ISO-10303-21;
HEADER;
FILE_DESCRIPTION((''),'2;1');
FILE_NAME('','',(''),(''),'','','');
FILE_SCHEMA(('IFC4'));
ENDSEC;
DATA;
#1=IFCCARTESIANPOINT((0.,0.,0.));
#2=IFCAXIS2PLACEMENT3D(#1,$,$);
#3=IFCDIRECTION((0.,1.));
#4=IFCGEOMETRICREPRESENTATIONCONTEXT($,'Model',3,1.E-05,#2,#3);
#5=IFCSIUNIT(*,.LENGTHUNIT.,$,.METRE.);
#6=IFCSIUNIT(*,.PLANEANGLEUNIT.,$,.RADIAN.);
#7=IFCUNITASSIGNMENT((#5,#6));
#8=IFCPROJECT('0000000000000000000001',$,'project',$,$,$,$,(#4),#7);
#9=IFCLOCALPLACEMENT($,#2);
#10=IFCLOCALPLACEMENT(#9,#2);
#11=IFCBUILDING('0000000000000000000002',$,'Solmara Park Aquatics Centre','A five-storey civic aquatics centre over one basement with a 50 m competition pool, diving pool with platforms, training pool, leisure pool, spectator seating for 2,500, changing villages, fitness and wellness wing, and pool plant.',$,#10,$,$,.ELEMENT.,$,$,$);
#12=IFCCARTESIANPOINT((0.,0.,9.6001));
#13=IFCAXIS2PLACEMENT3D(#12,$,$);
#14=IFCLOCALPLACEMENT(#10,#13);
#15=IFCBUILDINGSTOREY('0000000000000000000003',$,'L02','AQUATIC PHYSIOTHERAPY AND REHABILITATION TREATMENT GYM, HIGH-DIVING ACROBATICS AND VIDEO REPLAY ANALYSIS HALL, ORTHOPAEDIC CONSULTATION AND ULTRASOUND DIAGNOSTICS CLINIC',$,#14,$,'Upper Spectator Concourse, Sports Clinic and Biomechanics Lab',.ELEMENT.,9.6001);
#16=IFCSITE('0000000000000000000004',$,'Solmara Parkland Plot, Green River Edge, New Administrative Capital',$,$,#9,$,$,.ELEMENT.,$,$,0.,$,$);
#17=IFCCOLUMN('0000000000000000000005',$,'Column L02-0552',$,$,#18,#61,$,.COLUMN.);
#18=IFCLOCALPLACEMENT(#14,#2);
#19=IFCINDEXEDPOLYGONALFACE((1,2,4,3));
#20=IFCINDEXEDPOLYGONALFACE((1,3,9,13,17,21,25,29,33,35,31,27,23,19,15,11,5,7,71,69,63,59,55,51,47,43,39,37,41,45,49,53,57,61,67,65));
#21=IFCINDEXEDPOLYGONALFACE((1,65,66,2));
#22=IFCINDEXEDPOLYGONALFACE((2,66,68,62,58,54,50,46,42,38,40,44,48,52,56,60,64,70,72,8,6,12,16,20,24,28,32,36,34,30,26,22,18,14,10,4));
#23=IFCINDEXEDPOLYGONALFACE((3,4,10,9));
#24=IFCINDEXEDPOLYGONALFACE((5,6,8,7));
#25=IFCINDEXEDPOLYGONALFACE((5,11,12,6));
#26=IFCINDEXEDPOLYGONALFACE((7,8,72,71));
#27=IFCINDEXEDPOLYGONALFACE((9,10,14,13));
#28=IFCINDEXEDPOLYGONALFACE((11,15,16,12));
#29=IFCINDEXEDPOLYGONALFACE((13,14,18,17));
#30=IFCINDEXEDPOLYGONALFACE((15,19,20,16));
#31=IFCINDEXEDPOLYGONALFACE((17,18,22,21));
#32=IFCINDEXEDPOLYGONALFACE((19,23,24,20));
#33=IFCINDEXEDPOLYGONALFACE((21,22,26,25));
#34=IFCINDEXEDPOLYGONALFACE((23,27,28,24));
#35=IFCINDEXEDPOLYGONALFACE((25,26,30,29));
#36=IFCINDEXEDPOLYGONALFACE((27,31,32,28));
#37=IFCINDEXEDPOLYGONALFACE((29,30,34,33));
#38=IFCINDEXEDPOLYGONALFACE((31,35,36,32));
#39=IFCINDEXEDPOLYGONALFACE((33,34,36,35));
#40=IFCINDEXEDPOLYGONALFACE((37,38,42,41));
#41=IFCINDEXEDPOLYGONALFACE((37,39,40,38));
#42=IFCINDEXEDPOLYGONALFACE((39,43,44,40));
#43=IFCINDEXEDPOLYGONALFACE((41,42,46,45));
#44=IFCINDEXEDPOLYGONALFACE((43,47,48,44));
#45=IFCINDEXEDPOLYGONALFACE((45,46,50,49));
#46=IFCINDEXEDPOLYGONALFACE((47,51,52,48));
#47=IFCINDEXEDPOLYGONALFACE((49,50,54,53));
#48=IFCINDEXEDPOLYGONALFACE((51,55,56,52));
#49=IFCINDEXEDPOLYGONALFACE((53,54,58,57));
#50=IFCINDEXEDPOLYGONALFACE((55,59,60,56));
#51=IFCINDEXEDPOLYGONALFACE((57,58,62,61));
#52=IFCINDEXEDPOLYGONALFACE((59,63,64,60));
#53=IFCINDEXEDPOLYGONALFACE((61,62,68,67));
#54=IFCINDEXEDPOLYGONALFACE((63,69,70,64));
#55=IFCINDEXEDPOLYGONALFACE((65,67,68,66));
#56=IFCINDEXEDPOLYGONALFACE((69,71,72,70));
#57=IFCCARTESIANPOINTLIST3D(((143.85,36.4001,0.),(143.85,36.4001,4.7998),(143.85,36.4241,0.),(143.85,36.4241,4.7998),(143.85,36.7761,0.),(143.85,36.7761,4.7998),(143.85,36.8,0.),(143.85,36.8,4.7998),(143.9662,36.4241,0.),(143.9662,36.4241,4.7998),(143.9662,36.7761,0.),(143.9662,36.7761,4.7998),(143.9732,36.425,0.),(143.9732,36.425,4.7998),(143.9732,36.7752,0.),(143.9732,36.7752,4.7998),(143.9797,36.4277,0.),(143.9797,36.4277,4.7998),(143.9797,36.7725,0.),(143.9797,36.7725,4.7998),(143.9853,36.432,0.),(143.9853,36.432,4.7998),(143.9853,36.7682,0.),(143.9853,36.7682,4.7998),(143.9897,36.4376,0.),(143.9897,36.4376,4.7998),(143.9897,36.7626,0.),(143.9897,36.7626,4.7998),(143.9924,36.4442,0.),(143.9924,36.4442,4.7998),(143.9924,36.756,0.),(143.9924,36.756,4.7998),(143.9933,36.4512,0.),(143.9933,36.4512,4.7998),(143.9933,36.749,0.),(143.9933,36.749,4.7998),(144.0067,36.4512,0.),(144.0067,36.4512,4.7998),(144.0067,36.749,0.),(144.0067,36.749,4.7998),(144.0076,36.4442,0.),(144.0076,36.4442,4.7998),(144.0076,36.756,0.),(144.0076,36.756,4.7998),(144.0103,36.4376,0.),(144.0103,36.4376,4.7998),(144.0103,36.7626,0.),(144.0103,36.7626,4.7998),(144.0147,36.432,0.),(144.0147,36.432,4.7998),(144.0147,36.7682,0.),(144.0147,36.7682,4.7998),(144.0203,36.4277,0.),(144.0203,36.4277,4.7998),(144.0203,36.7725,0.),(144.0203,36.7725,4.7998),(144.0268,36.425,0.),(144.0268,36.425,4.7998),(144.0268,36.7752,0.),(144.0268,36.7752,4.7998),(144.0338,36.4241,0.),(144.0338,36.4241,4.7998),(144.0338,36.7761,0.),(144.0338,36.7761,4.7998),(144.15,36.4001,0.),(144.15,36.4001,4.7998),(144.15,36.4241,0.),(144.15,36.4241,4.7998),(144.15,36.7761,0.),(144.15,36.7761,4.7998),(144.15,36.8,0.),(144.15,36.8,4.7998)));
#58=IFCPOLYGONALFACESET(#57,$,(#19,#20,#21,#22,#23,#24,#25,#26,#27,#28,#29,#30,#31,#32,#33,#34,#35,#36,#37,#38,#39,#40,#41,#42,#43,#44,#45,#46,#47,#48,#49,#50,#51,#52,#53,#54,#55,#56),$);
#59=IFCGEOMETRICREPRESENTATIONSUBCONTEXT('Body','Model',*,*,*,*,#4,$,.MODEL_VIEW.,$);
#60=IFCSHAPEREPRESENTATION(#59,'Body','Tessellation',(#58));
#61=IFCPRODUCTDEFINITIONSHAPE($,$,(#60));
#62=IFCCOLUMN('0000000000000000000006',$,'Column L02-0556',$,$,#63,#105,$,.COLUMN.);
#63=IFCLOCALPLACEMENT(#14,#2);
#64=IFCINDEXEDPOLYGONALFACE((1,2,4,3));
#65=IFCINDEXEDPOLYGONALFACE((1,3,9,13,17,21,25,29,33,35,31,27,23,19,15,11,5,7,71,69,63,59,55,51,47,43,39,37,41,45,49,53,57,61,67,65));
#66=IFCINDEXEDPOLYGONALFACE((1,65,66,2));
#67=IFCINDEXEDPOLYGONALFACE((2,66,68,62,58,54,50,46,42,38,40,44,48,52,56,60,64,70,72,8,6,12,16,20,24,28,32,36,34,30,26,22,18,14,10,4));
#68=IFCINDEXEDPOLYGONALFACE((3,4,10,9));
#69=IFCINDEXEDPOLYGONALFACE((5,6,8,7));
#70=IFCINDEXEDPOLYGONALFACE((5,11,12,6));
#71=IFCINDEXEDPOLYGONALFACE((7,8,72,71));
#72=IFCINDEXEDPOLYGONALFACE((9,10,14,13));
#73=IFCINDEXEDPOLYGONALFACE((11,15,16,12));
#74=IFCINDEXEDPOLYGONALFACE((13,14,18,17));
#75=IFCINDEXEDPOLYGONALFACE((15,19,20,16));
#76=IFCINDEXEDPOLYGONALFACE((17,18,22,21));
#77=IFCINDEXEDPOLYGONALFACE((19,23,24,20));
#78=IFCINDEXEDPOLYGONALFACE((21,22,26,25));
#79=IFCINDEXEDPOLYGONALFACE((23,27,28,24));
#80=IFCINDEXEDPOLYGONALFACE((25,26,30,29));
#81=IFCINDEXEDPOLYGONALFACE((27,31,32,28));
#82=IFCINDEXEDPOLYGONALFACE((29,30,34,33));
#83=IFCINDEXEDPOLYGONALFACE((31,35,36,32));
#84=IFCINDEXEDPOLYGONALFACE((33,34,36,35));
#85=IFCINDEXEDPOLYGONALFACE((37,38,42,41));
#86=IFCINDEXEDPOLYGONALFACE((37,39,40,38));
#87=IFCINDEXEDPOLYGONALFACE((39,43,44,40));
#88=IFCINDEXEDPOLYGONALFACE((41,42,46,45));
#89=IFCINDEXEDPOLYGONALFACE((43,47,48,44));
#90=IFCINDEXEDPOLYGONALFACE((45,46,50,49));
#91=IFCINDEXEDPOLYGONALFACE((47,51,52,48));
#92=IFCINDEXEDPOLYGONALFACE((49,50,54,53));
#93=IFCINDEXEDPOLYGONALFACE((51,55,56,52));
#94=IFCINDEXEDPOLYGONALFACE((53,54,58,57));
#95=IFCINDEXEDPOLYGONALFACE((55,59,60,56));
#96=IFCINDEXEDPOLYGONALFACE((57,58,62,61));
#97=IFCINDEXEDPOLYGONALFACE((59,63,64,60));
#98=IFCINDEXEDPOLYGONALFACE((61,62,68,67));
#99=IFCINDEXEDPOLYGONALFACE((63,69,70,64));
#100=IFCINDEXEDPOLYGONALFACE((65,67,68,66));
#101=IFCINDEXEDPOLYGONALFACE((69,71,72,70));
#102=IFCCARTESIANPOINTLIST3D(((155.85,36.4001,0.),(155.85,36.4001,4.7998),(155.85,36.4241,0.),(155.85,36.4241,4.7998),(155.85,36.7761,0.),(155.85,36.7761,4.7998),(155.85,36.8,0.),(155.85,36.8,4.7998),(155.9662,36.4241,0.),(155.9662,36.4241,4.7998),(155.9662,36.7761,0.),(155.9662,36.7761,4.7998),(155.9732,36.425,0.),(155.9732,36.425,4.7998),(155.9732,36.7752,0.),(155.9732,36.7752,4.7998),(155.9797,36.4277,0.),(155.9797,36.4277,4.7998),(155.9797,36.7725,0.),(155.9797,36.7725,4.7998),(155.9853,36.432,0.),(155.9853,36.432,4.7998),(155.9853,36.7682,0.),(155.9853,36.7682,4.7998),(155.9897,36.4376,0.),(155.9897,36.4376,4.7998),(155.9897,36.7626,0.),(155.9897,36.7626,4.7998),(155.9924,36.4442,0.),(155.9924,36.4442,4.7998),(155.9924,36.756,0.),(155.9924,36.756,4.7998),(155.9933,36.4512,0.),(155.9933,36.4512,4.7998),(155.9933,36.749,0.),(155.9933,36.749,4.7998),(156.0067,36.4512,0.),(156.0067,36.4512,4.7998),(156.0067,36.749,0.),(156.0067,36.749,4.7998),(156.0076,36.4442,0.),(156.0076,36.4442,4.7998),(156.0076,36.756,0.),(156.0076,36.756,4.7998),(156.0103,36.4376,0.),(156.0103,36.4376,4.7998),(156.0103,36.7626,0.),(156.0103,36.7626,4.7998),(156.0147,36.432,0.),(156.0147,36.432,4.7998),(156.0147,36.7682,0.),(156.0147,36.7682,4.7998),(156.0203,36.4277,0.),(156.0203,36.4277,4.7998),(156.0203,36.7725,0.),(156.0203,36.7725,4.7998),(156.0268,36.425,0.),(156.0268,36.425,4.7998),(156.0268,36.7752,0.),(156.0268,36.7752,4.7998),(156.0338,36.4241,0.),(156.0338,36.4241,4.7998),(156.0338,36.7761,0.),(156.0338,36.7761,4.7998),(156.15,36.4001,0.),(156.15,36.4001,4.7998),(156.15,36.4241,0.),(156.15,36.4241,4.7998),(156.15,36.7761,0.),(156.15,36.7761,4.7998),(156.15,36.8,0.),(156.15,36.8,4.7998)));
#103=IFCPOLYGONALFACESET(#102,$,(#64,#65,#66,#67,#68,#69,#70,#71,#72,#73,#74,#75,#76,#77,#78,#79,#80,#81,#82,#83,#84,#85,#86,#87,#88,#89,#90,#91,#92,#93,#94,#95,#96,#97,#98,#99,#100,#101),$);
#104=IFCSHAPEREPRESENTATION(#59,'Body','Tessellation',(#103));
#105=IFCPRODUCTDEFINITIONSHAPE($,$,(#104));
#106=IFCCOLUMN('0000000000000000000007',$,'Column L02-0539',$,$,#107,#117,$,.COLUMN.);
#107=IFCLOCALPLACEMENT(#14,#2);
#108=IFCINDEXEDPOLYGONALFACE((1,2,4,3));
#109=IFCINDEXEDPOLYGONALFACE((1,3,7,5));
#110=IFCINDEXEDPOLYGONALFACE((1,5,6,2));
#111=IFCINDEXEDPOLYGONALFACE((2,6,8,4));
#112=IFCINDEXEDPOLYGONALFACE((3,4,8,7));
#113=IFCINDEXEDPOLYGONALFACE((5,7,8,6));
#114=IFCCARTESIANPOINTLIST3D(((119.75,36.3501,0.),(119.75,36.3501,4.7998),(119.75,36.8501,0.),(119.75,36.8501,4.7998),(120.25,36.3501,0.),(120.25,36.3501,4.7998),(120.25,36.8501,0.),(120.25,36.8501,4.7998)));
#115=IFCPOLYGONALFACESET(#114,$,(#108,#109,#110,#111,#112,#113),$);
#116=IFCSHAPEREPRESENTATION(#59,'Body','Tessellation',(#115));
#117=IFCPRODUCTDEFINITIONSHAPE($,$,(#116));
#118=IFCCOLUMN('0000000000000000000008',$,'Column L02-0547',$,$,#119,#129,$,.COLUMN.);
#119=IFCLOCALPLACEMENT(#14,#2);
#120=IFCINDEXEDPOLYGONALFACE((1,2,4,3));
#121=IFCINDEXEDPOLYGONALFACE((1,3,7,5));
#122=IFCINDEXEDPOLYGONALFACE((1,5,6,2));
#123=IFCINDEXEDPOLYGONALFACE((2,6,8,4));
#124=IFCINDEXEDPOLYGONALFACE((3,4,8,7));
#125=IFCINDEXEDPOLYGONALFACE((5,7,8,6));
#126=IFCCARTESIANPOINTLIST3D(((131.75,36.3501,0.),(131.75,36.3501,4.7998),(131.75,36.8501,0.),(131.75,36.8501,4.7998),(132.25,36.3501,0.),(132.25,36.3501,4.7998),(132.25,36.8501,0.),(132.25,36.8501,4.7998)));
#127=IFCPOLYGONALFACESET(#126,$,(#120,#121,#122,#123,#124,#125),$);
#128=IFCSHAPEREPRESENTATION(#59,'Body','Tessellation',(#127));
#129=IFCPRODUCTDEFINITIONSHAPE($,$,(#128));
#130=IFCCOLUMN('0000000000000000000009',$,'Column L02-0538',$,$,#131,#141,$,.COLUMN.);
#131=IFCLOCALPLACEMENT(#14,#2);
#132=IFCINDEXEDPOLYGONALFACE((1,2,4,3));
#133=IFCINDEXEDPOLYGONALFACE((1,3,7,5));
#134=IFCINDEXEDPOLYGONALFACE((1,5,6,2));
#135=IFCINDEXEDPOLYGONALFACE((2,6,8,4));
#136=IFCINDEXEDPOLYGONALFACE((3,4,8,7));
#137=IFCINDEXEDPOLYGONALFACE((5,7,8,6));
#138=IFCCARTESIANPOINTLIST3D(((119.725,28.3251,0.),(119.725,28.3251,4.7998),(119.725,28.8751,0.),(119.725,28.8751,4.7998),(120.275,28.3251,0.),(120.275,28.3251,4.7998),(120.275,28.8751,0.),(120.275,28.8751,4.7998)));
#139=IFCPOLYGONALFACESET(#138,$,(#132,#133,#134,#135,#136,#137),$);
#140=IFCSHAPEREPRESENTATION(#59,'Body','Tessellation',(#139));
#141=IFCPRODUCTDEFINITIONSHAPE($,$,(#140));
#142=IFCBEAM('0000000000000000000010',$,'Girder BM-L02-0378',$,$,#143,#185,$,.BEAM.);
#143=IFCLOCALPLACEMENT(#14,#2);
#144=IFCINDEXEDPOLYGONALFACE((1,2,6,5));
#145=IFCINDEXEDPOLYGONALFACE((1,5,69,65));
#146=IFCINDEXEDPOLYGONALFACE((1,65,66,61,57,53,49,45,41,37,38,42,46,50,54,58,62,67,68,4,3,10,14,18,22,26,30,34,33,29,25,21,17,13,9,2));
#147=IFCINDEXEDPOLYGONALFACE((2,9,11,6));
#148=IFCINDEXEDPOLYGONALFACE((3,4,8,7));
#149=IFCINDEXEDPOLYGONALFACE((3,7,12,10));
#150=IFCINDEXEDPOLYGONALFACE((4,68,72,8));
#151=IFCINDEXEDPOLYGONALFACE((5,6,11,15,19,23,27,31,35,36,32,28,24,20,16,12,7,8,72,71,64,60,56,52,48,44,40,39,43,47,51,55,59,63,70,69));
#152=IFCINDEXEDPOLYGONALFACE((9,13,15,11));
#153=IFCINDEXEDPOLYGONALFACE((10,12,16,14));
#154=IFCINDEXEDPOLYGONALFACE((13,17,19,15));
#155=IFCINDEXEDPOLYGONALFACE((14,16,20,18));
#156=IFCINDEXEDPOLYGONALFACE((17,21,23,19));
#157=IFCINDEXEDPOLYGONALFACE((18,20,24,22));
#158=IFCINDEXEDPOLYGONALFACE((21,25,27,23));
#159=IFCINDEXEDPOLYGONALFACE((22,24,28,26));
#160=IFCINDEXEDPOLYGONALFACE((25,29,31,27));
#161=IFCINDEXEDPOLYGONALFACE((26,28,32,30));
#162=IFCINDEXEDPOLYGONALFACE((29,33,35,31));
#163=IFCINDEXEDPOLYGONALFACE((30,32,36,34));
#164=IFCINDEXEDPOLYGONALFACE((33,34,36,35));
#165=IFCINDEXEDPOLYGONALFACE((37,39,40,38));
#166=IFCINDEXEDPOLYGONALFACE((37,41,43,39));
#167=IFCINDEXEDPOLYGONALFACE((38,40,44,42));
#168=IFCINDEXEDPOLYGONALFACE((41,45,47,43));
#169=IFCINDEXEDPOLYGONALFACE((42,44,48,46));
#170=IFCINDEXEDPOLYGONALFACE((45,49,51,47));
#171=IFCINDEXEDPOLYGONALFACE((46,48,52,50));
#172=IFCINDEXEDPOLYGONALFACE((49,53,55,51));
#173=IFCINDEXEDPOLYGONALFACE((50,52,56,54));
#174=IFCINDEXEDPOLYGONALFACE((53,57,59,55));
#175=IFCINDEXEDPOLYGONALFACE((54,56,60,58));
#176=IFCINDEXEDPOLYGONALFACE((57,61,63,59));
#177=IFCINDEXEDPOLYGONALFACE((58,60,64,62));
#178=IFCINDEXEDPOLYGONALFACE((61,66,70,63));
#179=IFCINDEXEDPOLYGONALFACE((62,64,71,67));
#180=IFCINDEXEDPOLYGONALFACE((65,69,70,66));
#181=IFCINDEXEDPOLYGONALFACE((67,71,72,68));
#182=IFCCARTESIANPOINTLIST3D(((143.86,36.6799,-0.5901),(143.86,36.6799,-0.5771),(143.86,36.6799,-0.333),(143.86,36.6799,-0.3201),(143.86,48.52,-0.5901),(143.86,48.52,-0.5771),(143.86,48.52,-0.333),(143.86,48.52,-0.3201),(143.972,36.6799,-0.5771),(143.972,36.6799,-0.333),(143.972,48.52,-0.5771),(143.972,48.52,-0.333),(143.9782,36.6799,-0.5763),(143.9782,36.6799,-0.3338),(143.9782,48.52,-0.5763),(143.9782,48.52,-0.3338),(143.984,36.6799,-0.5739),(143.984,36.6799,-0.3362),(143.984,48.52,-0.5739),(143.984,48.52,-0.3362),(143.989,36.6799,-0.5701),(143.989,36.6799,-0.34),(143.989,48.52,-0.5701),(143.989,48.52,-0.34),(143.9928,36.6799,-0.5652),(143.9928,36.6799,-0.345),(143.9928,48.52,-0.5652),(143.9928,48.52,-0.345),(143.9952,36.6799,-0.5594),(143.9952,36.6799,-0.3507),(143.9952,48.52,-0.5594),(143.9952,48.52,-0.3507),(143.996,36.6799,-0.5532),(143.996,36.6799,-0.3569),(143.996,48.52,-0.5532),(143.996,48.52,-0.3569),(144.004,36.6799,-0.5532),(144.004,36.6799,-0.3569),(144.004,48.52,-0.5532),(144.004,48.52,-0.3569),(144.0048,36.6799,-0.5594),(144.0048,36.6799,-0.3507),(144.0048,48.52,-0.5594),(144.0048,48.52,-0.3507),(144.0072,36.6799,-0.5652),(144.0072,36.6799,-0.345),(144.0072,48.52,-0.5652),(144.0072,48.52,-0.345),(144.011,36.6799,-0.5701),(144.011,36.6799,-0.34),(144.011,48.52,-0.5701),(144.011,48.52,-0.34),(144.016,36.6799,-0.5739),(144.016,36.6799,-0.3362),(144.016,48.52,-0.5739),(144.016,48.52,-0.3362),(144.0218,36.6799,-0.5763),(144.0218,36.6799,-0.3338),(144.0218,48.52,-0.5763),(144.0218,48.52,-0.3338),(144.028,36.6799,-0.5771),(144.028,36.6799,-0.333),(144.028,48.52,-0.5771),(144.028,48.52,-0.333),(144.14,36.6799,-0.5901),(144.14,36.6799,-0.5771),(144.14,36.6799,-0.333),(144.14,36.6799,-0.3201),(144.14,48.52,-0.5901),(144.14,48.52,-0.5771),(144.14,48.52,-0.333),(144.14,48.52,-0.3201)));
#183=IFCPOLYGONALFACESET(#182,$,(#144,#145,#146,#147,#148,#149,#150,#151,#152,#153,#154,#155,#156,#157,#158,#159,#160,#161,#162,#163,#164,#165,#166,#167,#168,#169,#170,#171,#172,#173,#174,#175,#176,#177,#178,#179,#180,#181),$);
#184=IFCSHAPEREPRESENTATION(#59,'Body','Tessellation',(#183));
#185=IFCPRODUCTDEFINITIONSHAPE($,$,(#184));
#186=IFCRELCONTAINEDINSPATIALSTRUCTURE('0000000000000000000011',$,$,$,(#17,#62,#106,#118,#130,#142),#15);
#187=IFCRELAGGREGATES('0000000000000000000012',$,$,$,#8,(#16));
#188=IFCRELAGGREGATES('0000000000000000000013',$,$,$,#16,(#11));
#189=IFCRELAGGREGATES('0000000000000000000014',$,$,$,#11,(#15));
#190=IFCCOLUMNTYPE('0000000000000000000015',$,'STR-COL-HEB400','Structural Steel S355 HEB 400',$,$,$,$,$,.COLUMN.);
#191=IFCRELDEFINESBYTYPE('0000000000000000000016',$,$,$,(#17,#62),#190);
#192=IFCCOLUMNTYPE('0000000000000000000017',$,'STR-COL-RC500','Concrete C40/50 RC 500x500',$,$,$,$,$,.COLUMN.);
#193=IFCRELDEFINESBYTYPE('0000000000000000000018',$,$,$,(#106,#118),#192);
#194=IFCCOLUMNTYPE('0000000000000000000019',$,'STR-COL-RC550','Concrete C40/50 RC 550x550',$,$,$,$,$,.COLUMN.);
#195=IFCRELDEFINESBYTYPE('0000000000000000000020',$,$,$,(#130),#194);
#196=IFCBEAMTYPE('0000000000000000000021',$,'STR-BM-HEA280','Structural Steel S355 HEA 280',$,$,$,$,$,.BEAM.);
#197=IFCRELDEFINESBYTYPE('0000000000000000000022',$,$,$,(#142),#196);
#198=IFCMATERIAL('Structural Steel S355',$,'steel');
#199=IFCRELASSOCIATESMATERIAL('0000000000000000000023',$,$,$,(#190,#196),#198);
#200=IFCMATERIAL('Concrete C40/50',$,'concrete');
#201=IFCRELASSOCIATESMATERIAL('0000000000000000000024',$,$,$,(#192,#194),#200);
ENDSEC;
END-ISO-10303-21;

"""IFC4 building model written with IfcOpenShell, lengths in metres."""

from ifc_helpers import new_model, si_unit, direction, frame, origin, origin_2d, place, context, subcontext, project, spatial, rectangle, i_section, extrude, material, material_profile, profile_set, type_object, element, save


model = new_model("IFC4")

# Units and contexts
model_context = context("Model", 3, precision=1e-05, world=origin(), true_north=direction((0.0, 1.0)))
body_context = subcontext(model_context, "Body", "Model", "MODEL_VIEW")
ifc_project = project(units=[si_unit("LENGTHUNIT", "METRE"), si_unit("PLANEANGLEUNIT", "RADIAN")], contexts=[model_context])

# Site, building, storey
site_placement = place(None, origin())
site = spatial("IfcSite", under=ifc_project, at=site_placement, Name="Solmara Parkland Plot, Green River Edge, New Administrative Capital", CompositionType="ELEMENT", RefElevation=0.0)
building_placement = place(site_placement, origin())
building = spatial("IfcBuilding", under=site, at=building_placement, Name="Solmara Park Aquatics Centre", Description="A five-storey civic aquatics centre over one basement with a 50 m competition pool, diving pool with platforms, training pool, leisure pool, spectator seating for 2,500, changing villages, fitness and wellness wing, and pool plant.", CompositionType="ELEMENT")
storey_placement = place(building_placement, frame((0.0, 0.0, 9.6001)))
storey = spatial("IfcBuildingStorey", under=building, at=storey_placement, Name="L02", Description="AQUATIC PHYSIOTHERAPY AND REHABILITATION TREATMENT GYM, HIGH-DIVING ACROBATICS AND VIDEO REPLAY ANALYSIS HALL, ORTHOPAEDIC CONSULTATION AND ULTRASOUND DIAGNOSTICS CLINIC", LongName="Upper Spectator Concourse, Sports Clinic and Biomechanics Lab", CompositionType="ELEMENT", Elevation=9.6001)

# Columns
ifc_material_1 = material(Name="Structural Steel S355", Category="steel")
ifc_material_profile_1 = material_profile(ifc_material_1, i_section(OverallWidth=0.3, OverallDepth=0.3999, WebThickness=0.0134, FlangeThickness=0.0239, FilletRadius=0.0271, at=origin_2d()), Name="HEB 400")
ifc_profile_set_1 = profile_set([ifc_material_profile_1], Name="Structural Steel S355")
column_type_1 = type_object("IfcColumnType", Name="STR-COL-HEB400", Description="Structural Steel S355 HEB 400", PredefinedType="COLUMN", material=ifc_profile_set_1)
for number, where, z_axis, x_axis, name in (
    (1, (144.0, 36.6001, 0.0), (0.0, 0.0, 1.0), (1.0, 0.0, 0.0), "Column L02-0552"),
    (2, (156.0, 36.6001, 0.0), (0.0, 0.0, 1.0), (1.0, 0.0, 0.0), "Column L02-0556"),
):
    element("IfcColumn", number, at=place(storey_placement, frame(where, z_axis=z_axis, x_axis=x_axis)), inside=storey, type_object=column_type_1, Name=name, PredefinedType="COLUMN", context=body_context, shape_type="SweptSolid", body=[
        extrude(i_section(OverallWidth=0.3, OverallDepth=0.3999, WebThickness=0.0134, FlangeThickness=0.0239, FilletRadius=0.0271, at=origin_2d()), origin(), (0.0, 0.0, 1.0), 4.7998),
    ])
ifc_material_2 = material(Name="Concrete C40/50", Category="concrete")
ifc_material_profile_2 = material_profile(ifc_material_2, rectangle(XDim=0.5, YDim=0.5, at=origin_2d()), Name="RC 500x500")
ifc_profile_set_2 = profile_set([ifc_material_profile_2], Name="Concrete C40/50")
column_type_2 = type_object("IfcColumnType", Name="STR-COL-RC500", Description="Concrete C40/50 RC 500x500", PredefinedType="COLUMN", material=ifc_profile_set_2)
for number, where, z_axis, x_axis, name in (
    (3, (120.0, 36.6001, 0.0), (0.0, 0.0, 1.0), (1.0, 0.0, 0.0), "Column L02-0539"),
    (4, (132.0, 36.6001, 0.0), (0.0, 0.0, 1.0), (1.0, 0.0, 0.0), "Column L02-0547"),
):
    element("IfcColumn", number, at=place(storey_placement, frame(where, z_axis=z_axis, x_axis=x_axis)), inside=storey, type_object=column_type_2, Name=name, PredefinedType="COLUMN", context=body_context, shape_type="SweptSolid", body=[
        extrude(rectangle(XDim=0.5, YDim=0.5, at=origin_2d()), origin(), (0.0, 0.0, 1.0), 4.7998),
    ])
ifc_material_profile_3 = material_profile(ifc_material_2, rectangle(XDim=0.55, YDim=0.55, at=origin_2d()), Name="RC 550x550")
ifc_profile_set_3 = profile_set([ifc_material_profile_3], Name="Concrete C40/50")
column_type_3 = type_object("IfcColumnType", Name="STR-COL-RC550", Description="Concrete C40/50 RC 550x550", PredefinedType="COLUMN", material=ifc_profile_set_3)
column_placement = place(storey_placement, frame((120.0, 28.6001, 0.0), z_axis=(0.0, 0.0, 1.0), x_axis=(1.0, 0.0, 0.0)))
element("IfcColumn", 5, at=column_placement, inside=storey, type_object=column_type_3, Name="Column L02-0538", PredefinedType="COLUMN", context=body_context, shape_type="SweptSolid", body=[
    extrude(rectangle(XDim=0.55, YDim=0.55, at=origin_2d()), origin(), (0.0, 0.0, 1.0), 4.7998),
])

# Beam
ifc_material_profile_4 = material_profile(ifc_material_1, i_section(OverallWidth=0.28, OverallDepth=0.27, WebThickness=0.0081, FlangeThickness=0.0129, FilletRadius=0.0239, at=origin_2d()), Name="HEA 280")
ifc_profile_set_4 = profile_set([ifc_material_profile_4], Name="Structural Steel S355")
beam_type_1 = type_object("IfcBeamType", Name="STR-BM-HEA280", Description="Structural Steel S355 HEA 280", PredefinedType="BEAM", material=ifc_profile_set_4)
beam_1_placement = place(storey_placement, frame((144.0, 36.6799, -0.4551), z_axis=(0.0, 1.0, 0.0), x_axis=(-1.0, 0.0, 0.0)))
element("IfcBeam", 6, at=beam_1_placement, inside=storey, type_object=beam_type_1, Name="Girder BM-L02-0378", PredefinedType="BEAM", context=body_context, shape_type="SweptSolid", body=[
    extrude(i_section(OverallWidth=0.28, OverallDepth=0.27, WebThickness=0.0081, FlangeThickness=0.0129, FilletRadius=0.0239, at=origin_2d()), origin(), (0.0, 0.0, 1.0), 11.8401),
])

save(model, "model.ifc")
